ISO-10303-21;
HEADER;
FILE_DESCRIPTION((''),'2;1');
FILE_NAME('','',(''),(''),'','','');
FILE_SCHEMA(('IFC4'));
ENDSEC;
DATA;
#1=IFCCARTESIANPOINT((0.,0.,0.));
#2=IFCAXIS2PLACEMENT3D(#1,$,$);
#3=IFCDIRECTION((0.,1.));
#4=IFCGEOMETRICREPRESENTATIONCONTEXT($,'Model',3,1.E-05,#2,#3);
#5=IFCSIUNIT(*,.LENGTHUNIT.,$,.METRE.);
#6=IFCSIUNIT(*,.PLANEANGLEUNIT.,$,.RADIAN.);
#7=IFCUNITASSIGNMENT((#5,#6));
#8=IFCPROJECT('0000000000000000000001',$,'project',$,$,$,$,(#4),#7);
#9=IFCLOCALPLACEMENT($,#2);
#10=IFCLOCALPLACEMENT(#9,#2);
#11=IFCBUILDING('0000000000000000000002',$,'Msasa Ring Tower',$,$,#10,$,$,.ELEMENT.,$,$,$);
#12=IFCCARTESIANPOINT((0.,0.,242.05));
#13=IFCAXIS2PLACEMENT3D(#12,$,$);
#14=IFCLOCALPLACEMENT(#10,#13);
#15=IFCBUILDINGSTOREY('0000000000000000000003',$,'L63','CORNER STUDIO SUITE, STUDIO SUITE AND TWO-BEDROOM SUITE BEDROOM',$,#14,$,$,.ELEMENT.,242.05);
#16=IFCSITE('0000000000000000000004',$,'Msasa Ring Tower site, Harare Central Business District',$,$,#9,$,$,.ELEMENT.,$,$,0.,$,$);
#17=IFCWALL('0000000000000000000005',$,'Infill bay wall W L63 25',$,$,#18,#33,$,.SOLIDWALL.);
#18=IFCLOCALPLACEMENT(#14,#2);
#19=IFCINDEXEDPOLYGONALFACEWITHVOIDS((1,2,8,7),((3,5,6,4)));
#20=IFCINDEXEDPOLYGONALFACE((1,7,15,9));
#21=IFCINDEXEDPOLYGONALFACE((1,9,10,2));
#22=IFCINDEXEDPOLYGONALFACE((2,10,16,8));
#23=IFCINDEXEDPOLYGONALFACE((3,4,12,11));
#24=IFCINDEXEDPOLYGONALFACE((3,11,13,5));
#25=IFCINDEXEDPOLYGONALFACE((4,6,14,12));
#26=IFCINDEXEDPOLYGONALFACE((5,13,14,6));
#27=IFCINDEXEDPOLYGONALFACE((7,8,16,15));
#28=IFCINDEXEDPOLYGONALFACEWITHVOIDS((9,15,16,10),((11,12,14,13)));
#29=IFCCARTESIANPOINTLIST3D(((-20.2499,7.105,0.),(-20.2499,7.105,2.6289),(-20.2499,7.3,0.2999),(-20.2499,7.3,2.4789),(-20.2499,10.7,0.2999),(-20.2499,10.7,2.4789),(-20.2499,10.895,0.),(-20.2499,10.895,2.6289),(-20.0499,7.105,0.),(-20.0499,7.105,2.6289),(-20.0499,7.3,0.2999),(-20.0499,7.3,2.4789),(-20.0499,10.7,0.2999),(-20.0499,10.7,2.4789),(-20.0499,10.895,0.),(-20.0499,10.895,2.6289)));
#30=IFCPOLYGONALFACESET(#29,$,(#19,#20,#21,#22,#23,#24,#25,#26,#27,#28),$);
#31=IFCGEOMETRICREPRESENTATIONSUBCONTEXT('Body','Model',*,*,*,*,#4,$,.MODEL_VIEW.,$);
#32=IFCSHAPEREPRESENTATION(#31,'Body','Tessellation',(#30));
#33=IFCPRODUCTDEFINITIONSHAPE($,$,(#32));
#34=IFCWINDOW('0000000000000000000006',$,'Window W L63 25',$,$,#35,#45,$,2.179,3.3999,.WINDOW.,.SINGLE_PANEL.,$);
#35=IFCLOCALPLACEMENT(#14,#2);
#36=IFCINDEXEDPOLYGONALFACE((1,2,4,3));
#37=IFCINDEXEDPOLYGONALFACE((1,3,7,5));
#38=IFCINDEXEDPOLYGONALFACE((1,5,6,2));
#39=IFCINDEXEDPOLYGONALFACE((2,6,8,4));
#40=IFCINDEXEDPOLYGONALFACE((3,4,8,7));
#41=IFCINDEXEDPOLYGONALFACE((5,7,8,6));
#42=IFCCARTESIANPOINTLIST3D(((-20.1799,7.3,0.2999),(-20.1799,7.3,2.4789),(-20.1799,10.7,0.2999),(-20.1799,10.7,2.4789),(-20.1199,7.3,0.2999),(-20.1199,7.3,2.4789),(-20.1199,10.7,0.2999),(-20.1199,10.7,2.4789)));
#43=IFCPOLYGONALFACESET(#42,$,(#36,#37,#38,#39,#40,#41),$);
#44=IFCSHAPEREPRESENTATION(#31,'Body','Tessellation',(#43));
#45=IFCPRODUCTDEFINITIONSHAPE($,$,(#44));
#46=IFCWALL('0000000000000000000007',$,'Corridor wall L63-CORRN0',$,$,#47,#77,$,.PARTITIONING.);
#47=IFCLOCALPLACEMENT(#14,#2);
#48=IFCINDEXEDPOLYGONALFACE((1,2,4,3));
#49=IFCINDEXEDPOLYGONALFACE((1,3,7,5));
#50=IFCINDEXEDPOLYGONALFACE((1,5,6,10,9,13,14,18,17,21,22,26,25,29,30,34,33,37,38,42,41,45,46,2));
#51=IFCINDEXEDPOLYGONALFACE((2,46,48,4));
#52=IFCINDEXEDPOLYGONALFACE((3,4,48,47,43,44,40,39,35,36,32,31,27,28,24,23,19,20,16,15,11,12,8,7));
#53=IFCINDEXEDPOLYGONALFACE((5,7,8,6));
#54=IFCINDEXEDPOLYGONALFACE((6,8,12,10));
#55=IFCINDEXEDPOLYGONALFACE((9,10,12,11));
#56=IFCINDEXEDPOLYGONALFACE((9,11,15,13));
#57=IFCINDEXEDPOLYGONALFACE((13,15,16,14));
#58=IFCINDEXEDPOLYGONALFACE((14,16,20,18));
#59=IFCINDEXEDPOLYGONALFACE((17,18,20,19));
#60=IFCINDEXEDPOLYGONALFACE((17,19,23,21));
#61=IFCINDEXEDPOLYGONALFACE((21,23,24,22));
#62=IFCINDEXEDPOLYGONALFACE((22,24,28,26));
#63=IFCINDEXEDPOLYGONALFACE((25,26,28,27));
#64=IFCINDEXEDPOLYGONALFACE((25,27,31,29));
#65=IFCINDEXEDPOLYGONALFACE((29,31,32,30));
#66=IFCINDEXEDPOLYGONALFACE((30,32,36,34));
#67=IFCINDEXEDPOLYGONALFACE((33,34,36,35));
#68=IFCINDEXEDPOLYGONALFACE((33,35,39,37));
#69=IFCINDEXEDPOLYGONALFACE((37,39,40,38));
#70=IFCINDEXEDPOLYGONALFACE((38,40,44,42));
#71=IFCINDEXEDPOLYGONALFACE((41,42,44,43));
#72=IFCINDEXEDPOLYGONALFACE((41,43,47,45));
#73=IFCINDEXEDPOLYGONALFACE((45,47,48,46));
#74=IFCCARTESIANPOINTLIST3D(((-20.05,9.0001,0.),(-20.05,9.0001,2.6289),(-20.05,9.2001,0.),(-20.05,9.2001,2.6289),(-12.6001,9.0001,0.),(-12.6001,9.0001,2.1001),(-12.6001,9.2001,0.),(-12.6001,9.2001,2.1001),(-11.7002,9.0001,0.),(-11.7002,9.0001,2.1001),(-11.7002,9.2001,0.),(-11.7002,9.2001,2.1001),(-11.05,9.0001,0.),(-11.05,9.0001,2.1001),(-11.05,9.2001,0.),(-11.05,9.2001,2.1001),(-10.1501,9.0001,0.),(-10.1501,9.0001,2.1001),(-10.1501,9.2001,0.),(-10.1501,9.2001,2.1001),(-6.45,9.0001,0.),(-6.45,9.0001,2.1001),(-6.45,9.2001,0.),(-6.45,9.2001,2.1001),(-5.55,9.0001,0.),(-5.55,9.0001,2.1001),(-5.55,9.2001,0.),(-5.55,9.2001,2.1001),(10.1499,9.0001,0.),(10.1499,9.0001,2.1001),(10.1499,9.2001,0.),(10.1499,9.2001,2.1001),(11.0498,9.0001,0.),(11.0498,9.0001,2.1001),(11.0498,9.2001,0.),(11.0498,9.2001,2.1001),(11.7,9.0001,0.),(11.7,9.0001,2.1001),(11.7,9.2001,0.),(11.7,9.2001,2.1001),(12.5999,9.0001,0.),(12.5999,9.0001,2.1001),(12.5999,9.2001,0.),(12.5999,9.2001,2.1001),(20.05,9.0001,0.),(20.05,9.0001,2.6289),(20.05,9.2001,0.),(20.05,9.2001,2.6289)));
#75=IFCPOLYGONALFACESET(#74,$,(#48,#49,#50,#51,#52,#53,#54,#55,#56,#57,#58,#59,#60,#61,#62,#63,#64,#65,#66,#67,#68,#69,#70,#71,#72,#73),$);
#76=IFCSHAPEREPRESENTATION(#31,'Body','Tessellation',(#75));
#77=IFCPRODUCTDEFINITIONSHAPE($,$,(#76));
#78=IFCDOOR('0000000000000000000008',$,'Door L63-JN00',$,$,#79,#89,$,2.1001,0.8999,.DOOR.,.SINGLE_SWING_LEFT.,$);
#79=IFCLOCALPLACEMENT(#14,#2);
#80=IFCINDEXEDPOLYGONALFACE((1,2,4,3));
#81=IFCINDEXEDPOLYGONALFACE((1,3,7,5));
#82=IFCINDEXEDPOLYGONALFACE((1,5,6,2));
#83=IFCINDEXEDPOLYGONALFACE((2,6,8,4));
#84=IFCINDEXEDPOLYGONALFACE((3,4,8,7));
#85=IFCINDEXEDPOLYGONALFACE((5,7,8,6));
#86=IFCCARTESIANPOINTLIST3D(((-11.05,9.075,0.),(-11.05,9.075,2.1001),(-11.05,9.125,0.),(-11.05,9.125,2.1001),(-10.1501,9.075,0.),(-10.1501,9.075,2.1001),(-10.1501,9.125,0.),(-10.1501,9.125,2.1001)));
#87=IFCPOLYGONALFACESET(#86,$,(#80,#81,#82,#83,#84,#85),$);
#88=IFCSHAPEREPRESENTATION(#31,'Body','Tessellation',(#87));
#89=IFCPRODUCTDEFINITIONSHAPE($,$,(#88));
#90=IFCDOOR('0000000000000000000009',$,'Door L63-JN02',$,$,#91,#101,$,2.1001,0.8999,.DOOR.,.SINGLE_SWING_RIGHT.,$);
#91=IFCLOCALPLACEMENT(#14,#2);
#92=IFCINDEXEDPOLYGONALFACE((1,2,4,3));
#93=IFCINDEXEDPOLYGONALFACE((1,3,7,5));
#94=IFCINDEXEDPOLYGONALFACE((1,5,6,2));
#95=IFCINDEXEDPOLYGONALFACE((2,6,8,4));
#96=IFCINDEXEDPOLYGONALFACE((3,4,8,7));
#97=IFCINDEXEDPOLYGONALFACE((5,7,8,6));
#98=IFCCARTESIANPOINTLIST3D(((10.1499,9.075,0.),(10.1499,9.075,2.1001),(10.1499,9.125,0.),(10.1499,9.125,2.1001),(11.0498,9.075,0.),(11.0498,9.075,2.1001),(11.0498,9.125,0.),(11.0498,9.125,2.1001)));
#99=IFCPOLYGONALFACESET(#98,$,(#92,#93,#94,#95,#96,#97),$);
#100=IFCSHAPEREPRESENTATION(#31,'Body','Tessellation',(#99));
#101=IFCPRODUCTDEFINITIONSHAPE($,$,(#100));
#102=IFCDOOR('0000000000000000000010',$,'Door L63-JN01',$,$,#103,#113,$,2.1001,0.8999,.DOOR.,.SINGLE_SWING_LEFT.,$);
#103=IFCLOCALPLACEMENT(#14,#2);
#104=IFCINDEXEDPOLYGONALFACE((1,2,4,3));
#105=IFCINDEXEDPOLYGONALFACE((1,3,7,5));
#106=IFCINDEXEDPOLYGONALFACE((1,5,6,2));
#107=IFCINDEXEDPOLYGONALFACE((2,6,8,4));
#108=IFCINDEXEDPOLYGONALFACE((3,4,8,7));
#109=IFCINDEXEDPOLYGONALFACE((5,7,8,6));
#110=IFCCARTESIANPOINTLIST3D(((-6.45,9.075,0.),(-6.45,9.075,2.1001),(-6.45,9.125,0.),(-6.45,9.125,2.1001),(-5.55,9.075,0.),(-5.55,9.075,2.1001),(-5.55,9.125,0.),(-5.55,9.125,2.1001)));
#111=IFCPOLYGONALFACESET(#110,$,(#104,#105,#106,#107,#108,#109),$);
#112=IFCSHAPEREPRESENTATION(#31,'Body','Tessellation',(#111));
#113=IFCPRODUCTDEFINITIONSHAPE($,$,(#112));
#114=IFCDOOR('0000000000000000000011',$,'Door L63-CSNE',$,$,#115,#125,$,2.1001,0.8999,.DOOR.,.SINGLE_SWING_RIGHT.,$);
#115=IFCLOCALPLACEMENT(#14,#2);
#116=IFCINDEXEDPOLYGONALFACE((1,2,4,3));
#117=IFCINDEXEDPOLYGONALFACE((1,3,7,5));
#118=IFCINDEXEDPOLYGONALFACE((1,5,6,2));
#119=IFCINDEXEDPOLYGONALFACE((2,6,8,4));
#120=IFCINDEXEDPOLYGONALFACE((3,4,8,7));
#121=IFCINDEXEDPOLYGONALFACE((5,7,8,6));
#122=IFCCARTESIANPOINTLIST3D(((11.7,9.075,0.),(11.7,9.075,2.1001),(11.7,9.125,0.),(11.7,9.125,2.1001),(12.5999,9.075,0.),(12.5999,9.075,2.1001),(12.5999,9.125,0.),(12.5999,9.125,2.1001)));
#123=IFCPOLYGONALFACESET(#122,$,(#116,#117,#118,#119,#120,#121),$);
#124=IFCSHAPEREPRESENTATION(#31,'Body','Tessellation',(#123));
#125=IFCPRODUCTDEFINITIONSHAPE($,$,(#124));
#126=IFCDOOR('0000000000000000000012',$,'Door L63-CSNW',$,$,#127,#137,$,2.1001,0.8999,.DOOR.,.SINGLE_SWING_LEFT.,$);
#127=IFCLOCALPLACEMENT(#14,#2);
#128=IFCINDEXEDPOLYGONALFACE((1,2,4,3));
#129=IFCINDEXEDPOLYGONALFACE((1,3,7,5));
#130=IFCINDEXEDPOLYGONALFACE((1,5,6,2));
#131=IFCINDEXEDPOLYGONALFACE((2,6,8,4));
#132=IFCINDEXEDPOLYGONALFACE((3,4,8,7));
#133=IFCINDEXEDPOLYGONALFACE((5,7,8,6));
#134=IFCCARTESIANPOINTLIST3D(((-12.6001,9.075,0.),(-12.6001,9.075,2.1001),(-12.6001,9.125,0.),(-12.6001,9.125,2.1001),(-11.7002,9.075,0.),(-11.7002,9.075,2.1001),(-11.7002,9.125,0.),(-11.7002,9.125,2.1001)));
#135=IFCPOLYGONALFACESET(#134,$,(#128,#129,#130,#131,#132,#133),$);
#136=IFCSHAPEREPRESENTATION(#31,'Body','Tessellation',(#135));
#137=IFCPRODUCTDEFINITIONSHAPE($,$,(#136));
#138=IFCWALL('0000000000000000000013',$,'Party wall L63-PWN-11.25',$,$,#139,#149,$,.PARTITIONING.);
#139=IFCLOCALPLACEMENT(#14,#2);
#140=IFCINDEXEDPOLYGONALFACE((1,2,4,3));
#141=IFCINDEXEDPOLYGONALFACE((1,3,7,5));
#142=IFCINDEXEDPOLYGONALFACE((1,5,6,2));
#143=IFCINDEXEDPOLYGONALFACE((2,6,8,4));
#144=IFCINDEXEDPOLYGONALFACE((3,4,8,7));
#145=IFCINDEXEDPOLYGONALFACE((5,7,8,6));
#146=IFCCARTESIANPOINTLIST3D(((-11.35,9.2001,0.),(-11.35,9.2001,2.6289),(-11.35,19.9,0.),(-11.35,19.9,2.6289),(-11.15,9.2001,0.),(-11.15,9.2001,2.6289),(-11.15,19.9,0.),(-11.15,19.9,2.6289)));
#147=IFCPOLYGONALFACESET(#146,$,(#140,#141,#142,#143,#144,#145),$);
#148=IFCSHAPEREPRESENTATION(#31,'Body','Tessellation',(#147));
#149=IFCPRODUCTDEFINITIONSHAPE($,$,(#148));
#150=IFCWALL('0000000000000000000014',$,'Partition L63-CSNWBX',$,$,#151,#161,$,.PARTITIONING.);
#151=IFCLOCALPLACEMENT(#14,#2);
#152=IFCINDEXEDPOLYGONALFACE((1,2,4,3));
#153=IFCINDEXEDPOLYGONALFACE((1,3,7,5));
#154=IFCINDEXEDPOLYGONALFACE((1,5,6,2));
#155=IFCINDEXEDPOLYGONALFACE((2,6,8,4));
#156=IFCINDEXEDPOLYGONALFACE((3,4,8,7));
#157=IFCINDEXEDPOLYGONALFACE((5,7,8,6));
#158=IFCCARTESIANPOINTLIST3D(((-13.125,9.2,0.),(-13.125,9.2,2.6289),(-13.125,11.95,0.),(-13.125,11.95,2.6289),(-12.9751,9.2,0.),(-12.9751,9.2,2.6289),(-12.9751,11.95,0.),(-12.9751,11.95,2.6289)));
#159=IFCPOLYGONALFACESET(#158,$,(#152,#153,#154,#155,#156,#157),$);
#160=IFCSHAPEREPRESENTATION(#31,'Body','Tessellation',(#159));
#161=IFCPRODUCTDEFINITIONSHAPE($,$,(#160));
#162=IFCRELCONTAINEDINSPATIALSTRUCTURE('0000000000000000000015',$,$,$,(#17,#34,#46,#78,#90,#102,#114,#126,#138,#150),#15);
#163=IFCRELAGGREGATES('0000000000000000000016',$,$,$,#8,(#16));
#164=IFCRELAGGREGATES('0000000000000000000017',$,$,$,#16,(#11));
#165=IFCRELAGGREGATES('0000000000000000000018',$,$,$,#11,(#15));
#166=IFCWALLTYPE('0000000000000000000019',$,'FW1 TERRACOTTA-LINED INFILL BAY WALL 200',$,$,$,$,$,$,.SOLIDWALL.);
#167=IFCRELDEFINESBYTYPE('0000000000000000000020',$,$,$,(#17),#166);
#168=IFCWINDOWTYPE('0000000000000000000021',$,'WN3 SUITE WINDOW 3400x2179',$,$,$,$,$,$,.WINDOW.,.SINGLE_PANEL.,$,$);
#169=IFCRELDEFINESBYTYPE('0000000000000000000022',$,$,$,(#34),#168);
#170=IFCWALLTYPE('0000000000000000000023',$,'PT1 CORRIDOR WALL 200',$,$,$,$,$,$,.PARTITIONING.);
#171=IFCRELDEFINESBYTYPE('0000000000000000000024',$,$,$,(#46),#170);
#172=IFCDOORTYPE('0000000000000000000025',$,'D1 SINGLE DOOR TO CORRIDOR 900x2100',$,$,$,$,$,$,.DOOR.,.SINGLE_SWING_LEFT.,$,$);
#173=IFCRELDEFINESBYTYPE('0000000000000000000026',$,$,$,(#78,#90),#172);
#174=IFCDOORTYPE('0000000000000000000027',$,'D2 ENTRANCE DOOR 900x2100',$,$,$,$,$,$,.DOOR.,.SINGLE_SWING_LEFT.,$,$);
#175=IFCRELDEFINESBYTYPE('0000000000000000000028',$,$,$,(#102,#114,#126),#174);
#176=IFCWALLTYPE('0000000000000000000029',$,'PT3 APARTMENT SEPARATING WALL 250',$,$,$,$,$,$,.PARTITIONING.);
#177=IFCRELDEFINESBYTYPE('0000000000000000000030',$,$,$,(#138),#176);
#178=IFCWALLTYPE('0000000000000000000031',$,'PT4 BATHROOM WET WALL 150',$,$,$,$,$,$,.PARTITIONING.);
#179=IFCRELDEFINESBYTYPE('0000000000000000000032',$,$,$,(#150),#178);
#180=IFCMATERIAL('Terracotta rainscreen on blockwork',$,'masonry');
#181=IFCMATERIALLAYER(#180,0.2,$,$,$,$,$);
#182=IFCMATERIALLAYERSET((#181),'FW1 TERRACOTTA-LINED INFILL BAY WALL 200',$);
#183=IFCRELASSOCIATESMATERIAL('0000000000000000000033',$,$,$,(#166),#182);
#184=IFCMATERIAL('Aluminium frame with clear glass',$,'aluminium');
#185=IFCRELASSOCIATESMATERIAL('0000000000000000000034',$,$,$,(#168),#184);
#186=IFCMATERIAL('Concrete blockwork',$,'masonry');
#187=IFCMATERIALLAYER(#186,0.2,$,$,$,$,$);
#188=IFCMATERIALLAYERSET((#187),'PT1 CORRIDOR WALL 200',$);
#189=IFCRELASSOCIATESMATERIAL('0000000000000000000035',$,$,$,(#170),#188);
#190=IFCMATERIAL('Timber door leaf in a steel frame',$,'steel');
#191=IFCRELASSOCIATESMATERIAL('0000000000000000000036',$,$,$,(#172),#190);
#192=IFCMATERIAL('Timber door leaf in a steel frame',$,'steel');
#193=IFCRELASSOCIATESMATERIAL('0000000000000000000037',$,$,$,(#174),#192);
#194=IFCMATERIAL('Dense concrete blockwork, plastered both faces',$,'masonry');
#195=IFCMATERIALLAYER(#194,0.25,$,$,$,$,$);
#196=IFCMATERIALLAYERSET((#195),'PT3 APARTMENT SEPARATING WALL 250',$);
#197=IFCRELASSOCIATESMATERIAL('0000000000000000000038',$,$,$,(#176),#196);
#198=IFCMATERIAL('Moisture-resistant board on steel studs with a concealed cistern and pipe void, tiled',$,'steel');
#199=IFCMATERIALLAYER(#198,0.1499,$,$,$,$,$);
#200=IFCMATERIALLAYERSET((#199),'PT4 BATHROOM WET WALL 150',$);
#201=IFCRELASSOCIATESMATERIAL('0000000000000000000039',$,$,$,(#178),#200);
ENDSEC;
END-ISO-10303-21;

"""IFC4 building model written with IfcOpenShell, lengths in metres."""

from ifc_helpers import new_model, si_unit, direction, frame, frame_2d, origin, place, context, subcontext, project, spatial, rectangle, extrude, material, layer, layer_set, type_object, element, fill, save


model = new_model("IFC4")

# Units and contexts
model_context = context("Model", 3, precision=1e-05, world=origin(), true_north=direction((0.0, 1.0)))
body_context = subcontext(model_context, "Body", "Model", "MODEL_VIEW")
ifc_project = project(units=[si_unit("LENGTHUNIT", "METRE"), si_unit("PLANEANGLEUNIT", "RADIAN")], contexts=[model_context])

# Site, building, storey
site_placement = place(None, origin())
site = spatial("IfcSite", under=ifc_project, at=site_placement, Name="Msasa Ring Tower site, Harare Central Business District", CompositionType="ELEMENT", RefElevation=0.0)
building_placement = place(site_placement, origin())
building = spatial("IfcBuilding", under=site, at=building_placement, Name="Msasa Ring Tower", CompositionType="ELEMENT")
storey_placement = place(building_placement, frame((0.0, 0.0, 242.05)))
storey = spatial("IfcBuildingStorey", under=building, at=storey_placement, Name="L63", Description="CORNER STUDIO SUITE, STUDIO SUITE AND TWO-BEDROOM SUITE BEDROOM", CompositionType="ELEMENT", Elevation=242.05)

# Wall, opening, window
ifc_material_1 = material(Name="Terracotta rainscreen on blockwork", Category="masonry")
ifc_layer_1 = layer(ifc_material_1, 0.2)
ifc_layer_set_1 = layer_set([ifc_layer_1], Name="FW1 TERRACOTTA-LINED INFILL BAY WALL 200")
wall_type_1 = type_object("IfcWallType", Name="FW1 TERRACOTTA-LINED INFILL BAY WALL 200", PredefinedType="SOLIDWALL", material=ifc_layer_set_1)
wall_1_placement = place(storey_placement, frame((-20.1499, 7.105, 0.0), z_axis=(0.0, 0.0, 1.0), x_axis=(0.0, 1.0, 0.0)))
wall_1 = element("IfcWall", 1, at=wall_1_placement, inside=storey, type_object=wall_type_1, Name="Infill bay wall W L63 25", PredefinedType="SOLIDWALL", context=body_context, shape_type="SweptSolid", body=[
    extrude(rectangle(XDim=3.79, YDim=0.2, at=frame_2d((1.895, 0.0))), origin(), (0.0, 0.0, 1.0), 2.6289),
])
opening_1_placement = place(wall_1_placement, frame((0.1951, 0.0, 0.3)))
opening_1 = element("IfcOpeningElement", 2, at=opening_1_placement, cuts=wall_1, PredefinedType="OPENING", context=body_context, shape_type="SweptSolid", body=[
    extrude(rectangle(XDim=3.3999, YDim=2.179, at=frame_2d((1.7, 1.0894))), frame((0.0, 0.1099, 0.0), z_axis=(0.0, -1.0, 0.0), x_axis=(1.0, 0.0, 0.0)), (0.0, 0.0, 1.0), 0.22),
])
ifc_material_2 = material(Name="Aluminium frame with clear glass", Category="aluminium")
window_type = type_object("IfcWindowType", Name="WN3 SUITE WINDOW 3400x2179", PartitioningType="SINGLE_PANEL", PredefinedType="WINDOW", material=ifc_material_2)
window_placement = place(opening_1_placement, origin())
window = element("IfcWindow", 3, at=window_placement, inside=storey, type_object=window_type, Name="Window W L63 25", OverallHeight=2.179, OverallWidth=3.3999, PartitioningType="SINGLE_PANEL", PredefinedType="WINDOW", context=body_context, shape_type="SweptSolid", body=[
    extrude(rectangle(XDim=3.3999, YDim=2.179, at=frame_2d((1.7, 1.0894))), frame((0.0, 0.03, 0.0), z_axis=(0.0, -1.0, 0.0), x_axis=(1.0, 0.0, 0.0)), (0.0, 0.0, 1.0), 0.0601),
])
fill(opening_1, window)

# Wall, openings, doors
ifc_material_3 = material(Name="Concrete blockwork", Category="masonry")
ifc_layer_2 = layer(ifc_material_3, 0.2)
ifc_layer_set_2 = layer_set([ifc_layer_2], Name="PT1 CORRIDOR WALL 200")
wall_type_2 = type_object("IfcWallType", Name="PT1 CORRIDOR WALL 200", PredefinedType="PARTITIONING", material=ifc_layer_set_2)
wall_2_placement = place(storey_placement, frame((-20.05, 9.1001, 0.0), z_axis=(0.0, 0.0, 1.0), x_axis=(1.0, 0.0, 0.0)))
wall_2 = element("IfcWall", 4, at=wall_2_placement, inside=storey, type_object=wall_type_2, Name="Corridor wall L63-CORRN0", PredefinedType="PARTITIONING", context=body_context, shape_type="SweptSolid", body=[
    extrude(rectangle(XDim=40.1001, YDim=0.2, at=frame_2d((20.05, 0.0))), origin(), (0.0, 0.0, 1.0), 2.6289),
])
opening_2_placement = place(wall_2_placement, frame((9.0, 0.0, 0.0)))
opening_2 = element("IfcOpeningElement", 5, at=opening_2_placement, cuts=wall_2, PredefinedType="OPENING", context=body_context, shape_type="SweptSolid", body=[
    extrude(rectangle(XDim=0.8999, YDim=2.1001, at=frame_2d((0.45, 1.05))), frame((0.0, 0.1099, 0.0), z_axis=(0.0, -1.0, 0.0), x_axis=(1.0, 0.0, 0.0)), (0.0, 0.0, 1.0), 0.22),
])
opening_3_placement = place(wall_2_placement, frame((13.6001, 0.0, 0.0)))
opening_3 = element("IfcOpeningElement", 6, at=opening_3_placement, cuts=wall_2, PredefinedType="OPENING", context=body_context, shape_type="SweptSolid", body=[
    extrude(rectangle(XDim=0.8999, YDim=2.1001, at=frame_2d((0.45, 1.05))), frame((0.0, 0.1099, 0.0), z_axis=(0.0, -1.0, 0.0), x_axis=(1.0, 0.0, 0.0)), (0.0, 0.0, 1.0), 0.22),
])
opening_4_placement = place(wall_2_placement, frame((30.2, 0.0, 0.0)))
opening_4 = element("IfcOpeningElement", 7, at=opening_4_placement, cuts=wall_2, PredefinedType="OPENING", context=body_context, shape_type="SweptSolid", body=[
    extrude(rectangle(XDim=0.8999, YDim=2.1001, at=frame_2d((0.45, 1.05))), frame((0.0, 0.1099, 0.0), z_axis=(0.0, -1.0, 0.0), x_axis=(1.0, 0.0, 0.0)), (0.0, 0.0, 1.0), 0.22),
])
opening_5_placement = place(wall_2_placement, frame((31.75, 0.0, 0.0)))
opening_5 = element("IfcOpeningElement", 8, at=opening_5_placement, cuts=wall_2, PredefinedType="OPENING", context=body_context, shape_type="SweptSolid", body=[
    extrude(rectangle(XDim=0.8999, YDim=2.1001, at=frame_2d((0.45, 1.05))), frame((0.0, 0.1099, 0.0), z_axis=(0.0, -1.0, 0.0), x_axis=(1.0, 0.0, 0.0)), (0.0, 0.0, 1.0), 0.22),
])
opening_6_placement = place(wall_2_placement, frame((7.45, 0.0, 0.0)))
opening_6 = element("IfcOpeningElement", 9, at=opening_6_placement, cuts=wall_2, PredefinedType="OPENING", context=body_context, shape_type="SweptSolid", body=[
    extrude(rectangle(XDim=0.8999, YDim=2.1001, at=frame_2d((0.45, 1.05))), frame((0.0, 0.1099, 0.0), z_axis=(0.0, -1.0, 0.0), x_axis=(1.0, 0.0, 0.0)), (0.0, 0.0, 1.0), 0.22),
])
ifc_material_4 = material(Name="Timber door leaf in a steel frame", Category="steel")
door_type_1 = type_object("IfcDoorType", Name="D1 SINGLE DOOR TO CORRIDOR 900x2100", OperationType="SINGLE_SWING_LEFT", PredefinedType="DOOR", material=ifc_material_4)
door_1_placement = place(opening_2_placement, origin())
door_1 = element("IfcDoor", 10, at=door_1_placement, inside=storey, type_object=door_type_1, Name="Door L63-JN00", OperationType="SINGLE_SWING_LEFT", OverallHeight=2.1001, OverallWidth=0.8999, PredefinedType="DOOR", context=body_context, shape_type="SweptSolid", body=[
    extrude(rectangle(XDim=0.8999, YDim=2.1001, at=frame_2d((0.45, 1.05))), frame((0.0, 0.0249, 0.0), z_axis=(0.0, -1.0, 0.0), x_axis=(1.0, 0.0, 0.0)), (0.0, 0.0, 1.0), 0.05),
])
fill(opening_2, door_1)
door_2_placement = place(opening_4_placement, origin())
door_2 = element("IfcDoor", 11, at=door_2_placement, inside=storey, type_object=door_type_1, Name="Door L63-JN02", OperationType="SINGLE_SWING_RIGHT", OverallHeight=2.1001, OverallWidth=0.8999, PredefinedType="DOOR", context=body_context, shape_type="SweptSolid", body=[
    extrude(rectangle(XDim=0.8999, YDim=2.1001, at=frame_2d((0.45, 1.05))), frame((0.0, 0.0249, 0.0), z_axis=(0.0, -1.0, 0.0), x_axis=(1.0, 0.0, 0.0)), (0.0, 0.0, 1.0), 0.05),
])
fill(opening_4, door_2)
ifc_material_5 = material(Name="Timber door leaf in a steel frame", Category="steel")
door_type_2 = type_object("IfcDoorType", Name="D2 ENTRANCE DOOR 900x2100", OperationType="SINGLE_SWING_LEFT", PredefinedType="DOOR", material=ifc_material_5)
door_3_placement = place(opening_3_placement, origin())
door_3 = element("IfcDoor", 12, at=door_3_placement, inside=storey, type_object=door_type_2, Name="Door L63-JN01", OperationType="SINGLE_SWING_LEFT", OverallHeight=2.1001, OverallWidth=0.8999, PredefinedType="DOOR", context=body_context, shape_type="SweptSolid", body=[
    extrude(rectangle(XDim=0.8999, YDim=2.1001, at=frame_2d((0.45, 1.05))), frame((0.0, 0.0249, 0.0), z_axis=(0.0, -1.0, 0.0), x_axis=(1.0, 0.0, 0.0)), (0.0, 0.0, 1.0), 0.05),
])
fill(opening_3, door_3)
door_4_placement = place(opening_5_placement, origin())
door_4 = element("IfcDoor", 13, at=door_4_placement, inside=storey, type_object=door_type_2, Name="Door L63-CSNE", OperationType="SINGLE_SWING_RIGHT", OverallHeight=2.1001, OverallWidth=0.8999, PredefinedType="DOOR", context=body_context, shape_type="SweptSolid", body=[
    extrude(rectangle(XDim=0.8999, YDim=2.1001, at=frame_2d((0.45, 1.05))), frame((0.0, 0.0249, 0.0), z_axis=(0.0, -1.0, 0.0), x_axis=(1.0, 0.0, 0.0)), (0.0, 0.0, 1.0), 0.05),
])
fill(opening_5, door_4)
door_5_placement = place(opening_6_placement, origin())
door_5 = element("IfcDoor", 14, at=door_5_placement, inside=storey, type_object=door_type_2, Name="Door L63-CSNW", OperationType="SINGLE_SWING_LEFT", OverallHeight=2.1001, OverallWidth=0.8999, PredefinedType="DOOR", context=body_context, shape_type="SweptSolid", body=[
    extrude(rectangle(XDim=0.8999, YDim=2.1001, at=frame_2d((0.45, 1.05))), frame((0.0, 0.0249, 0.0), z_axis=(0.0, -1.0, 0.0), x_axis=(1.0, 0.0, 0.0)), (0.0, 0.0, 1.0), 0.05),
])
fill(opening_6, door_5)

# Walls
ifc_material_6 = material(Name="Dense concrete blockwork, plastered both faces", Category="masonry")
ifc_layer_3 = layer(ifc_material_6, 0.25)
ifc_layer_set_3 = layer_set([ifc_layer_3], Name="PT3 APARTMENT SEPARATING WALL 250")
wall_type_3 = type_object("IfcWallType", Name="PT3 APARTMENT SEPARATING WALL 250", PredefinedType="PARTITIONING", material=ifc_layer_set_3)
wall_3_placement = place(storey_placement, frame((-11.25, 9.2, 0.0), z_axis=(0.0, 0.0, 1.0), x_axis=(0.0, 1.0, 0.0)))
element("IfcWall", 15, at=wall_3_placement, inside=storey, type_object=wall_type_3, Name="Party wall L63-PWN-11.25", PredefinedType="PARTITIONING", context=body_context, shape_type="SweptSolid", body=[
    extrude(rectangle(XDim=10.7, YDim=0.2, at=frame_2d((5.3501, 0.0))), origin(), (0.0, 0.0, 1.0), 2.6289),
])
ifc_material_7 = material(Name="Moisture-resistant board on steel studs with a concealed cistern and pipe void, tiled", Category="steel")
ifc_layer_4 = layer(ifc_material_7, 0.1499)
ifc_layer_set_4 = layer_set([ifc_layer_4], Name="PT4 BATHROOM WET WALL 150")
wall_type_4 = type_object("IfcWallType", Name="PT4 BATHROOM WET WALL 150", PredefinedType="PARTITIONING", material=ifc_layer_set_4)
wall_4_placement = place(storey_placement, frame((-13.05, 9.2, 0.0), z_axis=(0.0, 0.0, 1.0), x_axis=(0.0, 1.0, 0.0)))
element("IfcWall", 16, at=wall_4_placement, inside=storey, type_object=wall_type_4, Name="Partition L63-CSNWBX", PredefinedType="PARTITIONING", context=body_context, shape_type="SweptSolid", body=[
    extrude(rectangle(XDim=2.75, YDim=0.1499, at=frame_2d((1.375, 0.0))), origin(), (0.0, 0.0, 1.0), 2.6289),
])

save(model, "model.ifc")
